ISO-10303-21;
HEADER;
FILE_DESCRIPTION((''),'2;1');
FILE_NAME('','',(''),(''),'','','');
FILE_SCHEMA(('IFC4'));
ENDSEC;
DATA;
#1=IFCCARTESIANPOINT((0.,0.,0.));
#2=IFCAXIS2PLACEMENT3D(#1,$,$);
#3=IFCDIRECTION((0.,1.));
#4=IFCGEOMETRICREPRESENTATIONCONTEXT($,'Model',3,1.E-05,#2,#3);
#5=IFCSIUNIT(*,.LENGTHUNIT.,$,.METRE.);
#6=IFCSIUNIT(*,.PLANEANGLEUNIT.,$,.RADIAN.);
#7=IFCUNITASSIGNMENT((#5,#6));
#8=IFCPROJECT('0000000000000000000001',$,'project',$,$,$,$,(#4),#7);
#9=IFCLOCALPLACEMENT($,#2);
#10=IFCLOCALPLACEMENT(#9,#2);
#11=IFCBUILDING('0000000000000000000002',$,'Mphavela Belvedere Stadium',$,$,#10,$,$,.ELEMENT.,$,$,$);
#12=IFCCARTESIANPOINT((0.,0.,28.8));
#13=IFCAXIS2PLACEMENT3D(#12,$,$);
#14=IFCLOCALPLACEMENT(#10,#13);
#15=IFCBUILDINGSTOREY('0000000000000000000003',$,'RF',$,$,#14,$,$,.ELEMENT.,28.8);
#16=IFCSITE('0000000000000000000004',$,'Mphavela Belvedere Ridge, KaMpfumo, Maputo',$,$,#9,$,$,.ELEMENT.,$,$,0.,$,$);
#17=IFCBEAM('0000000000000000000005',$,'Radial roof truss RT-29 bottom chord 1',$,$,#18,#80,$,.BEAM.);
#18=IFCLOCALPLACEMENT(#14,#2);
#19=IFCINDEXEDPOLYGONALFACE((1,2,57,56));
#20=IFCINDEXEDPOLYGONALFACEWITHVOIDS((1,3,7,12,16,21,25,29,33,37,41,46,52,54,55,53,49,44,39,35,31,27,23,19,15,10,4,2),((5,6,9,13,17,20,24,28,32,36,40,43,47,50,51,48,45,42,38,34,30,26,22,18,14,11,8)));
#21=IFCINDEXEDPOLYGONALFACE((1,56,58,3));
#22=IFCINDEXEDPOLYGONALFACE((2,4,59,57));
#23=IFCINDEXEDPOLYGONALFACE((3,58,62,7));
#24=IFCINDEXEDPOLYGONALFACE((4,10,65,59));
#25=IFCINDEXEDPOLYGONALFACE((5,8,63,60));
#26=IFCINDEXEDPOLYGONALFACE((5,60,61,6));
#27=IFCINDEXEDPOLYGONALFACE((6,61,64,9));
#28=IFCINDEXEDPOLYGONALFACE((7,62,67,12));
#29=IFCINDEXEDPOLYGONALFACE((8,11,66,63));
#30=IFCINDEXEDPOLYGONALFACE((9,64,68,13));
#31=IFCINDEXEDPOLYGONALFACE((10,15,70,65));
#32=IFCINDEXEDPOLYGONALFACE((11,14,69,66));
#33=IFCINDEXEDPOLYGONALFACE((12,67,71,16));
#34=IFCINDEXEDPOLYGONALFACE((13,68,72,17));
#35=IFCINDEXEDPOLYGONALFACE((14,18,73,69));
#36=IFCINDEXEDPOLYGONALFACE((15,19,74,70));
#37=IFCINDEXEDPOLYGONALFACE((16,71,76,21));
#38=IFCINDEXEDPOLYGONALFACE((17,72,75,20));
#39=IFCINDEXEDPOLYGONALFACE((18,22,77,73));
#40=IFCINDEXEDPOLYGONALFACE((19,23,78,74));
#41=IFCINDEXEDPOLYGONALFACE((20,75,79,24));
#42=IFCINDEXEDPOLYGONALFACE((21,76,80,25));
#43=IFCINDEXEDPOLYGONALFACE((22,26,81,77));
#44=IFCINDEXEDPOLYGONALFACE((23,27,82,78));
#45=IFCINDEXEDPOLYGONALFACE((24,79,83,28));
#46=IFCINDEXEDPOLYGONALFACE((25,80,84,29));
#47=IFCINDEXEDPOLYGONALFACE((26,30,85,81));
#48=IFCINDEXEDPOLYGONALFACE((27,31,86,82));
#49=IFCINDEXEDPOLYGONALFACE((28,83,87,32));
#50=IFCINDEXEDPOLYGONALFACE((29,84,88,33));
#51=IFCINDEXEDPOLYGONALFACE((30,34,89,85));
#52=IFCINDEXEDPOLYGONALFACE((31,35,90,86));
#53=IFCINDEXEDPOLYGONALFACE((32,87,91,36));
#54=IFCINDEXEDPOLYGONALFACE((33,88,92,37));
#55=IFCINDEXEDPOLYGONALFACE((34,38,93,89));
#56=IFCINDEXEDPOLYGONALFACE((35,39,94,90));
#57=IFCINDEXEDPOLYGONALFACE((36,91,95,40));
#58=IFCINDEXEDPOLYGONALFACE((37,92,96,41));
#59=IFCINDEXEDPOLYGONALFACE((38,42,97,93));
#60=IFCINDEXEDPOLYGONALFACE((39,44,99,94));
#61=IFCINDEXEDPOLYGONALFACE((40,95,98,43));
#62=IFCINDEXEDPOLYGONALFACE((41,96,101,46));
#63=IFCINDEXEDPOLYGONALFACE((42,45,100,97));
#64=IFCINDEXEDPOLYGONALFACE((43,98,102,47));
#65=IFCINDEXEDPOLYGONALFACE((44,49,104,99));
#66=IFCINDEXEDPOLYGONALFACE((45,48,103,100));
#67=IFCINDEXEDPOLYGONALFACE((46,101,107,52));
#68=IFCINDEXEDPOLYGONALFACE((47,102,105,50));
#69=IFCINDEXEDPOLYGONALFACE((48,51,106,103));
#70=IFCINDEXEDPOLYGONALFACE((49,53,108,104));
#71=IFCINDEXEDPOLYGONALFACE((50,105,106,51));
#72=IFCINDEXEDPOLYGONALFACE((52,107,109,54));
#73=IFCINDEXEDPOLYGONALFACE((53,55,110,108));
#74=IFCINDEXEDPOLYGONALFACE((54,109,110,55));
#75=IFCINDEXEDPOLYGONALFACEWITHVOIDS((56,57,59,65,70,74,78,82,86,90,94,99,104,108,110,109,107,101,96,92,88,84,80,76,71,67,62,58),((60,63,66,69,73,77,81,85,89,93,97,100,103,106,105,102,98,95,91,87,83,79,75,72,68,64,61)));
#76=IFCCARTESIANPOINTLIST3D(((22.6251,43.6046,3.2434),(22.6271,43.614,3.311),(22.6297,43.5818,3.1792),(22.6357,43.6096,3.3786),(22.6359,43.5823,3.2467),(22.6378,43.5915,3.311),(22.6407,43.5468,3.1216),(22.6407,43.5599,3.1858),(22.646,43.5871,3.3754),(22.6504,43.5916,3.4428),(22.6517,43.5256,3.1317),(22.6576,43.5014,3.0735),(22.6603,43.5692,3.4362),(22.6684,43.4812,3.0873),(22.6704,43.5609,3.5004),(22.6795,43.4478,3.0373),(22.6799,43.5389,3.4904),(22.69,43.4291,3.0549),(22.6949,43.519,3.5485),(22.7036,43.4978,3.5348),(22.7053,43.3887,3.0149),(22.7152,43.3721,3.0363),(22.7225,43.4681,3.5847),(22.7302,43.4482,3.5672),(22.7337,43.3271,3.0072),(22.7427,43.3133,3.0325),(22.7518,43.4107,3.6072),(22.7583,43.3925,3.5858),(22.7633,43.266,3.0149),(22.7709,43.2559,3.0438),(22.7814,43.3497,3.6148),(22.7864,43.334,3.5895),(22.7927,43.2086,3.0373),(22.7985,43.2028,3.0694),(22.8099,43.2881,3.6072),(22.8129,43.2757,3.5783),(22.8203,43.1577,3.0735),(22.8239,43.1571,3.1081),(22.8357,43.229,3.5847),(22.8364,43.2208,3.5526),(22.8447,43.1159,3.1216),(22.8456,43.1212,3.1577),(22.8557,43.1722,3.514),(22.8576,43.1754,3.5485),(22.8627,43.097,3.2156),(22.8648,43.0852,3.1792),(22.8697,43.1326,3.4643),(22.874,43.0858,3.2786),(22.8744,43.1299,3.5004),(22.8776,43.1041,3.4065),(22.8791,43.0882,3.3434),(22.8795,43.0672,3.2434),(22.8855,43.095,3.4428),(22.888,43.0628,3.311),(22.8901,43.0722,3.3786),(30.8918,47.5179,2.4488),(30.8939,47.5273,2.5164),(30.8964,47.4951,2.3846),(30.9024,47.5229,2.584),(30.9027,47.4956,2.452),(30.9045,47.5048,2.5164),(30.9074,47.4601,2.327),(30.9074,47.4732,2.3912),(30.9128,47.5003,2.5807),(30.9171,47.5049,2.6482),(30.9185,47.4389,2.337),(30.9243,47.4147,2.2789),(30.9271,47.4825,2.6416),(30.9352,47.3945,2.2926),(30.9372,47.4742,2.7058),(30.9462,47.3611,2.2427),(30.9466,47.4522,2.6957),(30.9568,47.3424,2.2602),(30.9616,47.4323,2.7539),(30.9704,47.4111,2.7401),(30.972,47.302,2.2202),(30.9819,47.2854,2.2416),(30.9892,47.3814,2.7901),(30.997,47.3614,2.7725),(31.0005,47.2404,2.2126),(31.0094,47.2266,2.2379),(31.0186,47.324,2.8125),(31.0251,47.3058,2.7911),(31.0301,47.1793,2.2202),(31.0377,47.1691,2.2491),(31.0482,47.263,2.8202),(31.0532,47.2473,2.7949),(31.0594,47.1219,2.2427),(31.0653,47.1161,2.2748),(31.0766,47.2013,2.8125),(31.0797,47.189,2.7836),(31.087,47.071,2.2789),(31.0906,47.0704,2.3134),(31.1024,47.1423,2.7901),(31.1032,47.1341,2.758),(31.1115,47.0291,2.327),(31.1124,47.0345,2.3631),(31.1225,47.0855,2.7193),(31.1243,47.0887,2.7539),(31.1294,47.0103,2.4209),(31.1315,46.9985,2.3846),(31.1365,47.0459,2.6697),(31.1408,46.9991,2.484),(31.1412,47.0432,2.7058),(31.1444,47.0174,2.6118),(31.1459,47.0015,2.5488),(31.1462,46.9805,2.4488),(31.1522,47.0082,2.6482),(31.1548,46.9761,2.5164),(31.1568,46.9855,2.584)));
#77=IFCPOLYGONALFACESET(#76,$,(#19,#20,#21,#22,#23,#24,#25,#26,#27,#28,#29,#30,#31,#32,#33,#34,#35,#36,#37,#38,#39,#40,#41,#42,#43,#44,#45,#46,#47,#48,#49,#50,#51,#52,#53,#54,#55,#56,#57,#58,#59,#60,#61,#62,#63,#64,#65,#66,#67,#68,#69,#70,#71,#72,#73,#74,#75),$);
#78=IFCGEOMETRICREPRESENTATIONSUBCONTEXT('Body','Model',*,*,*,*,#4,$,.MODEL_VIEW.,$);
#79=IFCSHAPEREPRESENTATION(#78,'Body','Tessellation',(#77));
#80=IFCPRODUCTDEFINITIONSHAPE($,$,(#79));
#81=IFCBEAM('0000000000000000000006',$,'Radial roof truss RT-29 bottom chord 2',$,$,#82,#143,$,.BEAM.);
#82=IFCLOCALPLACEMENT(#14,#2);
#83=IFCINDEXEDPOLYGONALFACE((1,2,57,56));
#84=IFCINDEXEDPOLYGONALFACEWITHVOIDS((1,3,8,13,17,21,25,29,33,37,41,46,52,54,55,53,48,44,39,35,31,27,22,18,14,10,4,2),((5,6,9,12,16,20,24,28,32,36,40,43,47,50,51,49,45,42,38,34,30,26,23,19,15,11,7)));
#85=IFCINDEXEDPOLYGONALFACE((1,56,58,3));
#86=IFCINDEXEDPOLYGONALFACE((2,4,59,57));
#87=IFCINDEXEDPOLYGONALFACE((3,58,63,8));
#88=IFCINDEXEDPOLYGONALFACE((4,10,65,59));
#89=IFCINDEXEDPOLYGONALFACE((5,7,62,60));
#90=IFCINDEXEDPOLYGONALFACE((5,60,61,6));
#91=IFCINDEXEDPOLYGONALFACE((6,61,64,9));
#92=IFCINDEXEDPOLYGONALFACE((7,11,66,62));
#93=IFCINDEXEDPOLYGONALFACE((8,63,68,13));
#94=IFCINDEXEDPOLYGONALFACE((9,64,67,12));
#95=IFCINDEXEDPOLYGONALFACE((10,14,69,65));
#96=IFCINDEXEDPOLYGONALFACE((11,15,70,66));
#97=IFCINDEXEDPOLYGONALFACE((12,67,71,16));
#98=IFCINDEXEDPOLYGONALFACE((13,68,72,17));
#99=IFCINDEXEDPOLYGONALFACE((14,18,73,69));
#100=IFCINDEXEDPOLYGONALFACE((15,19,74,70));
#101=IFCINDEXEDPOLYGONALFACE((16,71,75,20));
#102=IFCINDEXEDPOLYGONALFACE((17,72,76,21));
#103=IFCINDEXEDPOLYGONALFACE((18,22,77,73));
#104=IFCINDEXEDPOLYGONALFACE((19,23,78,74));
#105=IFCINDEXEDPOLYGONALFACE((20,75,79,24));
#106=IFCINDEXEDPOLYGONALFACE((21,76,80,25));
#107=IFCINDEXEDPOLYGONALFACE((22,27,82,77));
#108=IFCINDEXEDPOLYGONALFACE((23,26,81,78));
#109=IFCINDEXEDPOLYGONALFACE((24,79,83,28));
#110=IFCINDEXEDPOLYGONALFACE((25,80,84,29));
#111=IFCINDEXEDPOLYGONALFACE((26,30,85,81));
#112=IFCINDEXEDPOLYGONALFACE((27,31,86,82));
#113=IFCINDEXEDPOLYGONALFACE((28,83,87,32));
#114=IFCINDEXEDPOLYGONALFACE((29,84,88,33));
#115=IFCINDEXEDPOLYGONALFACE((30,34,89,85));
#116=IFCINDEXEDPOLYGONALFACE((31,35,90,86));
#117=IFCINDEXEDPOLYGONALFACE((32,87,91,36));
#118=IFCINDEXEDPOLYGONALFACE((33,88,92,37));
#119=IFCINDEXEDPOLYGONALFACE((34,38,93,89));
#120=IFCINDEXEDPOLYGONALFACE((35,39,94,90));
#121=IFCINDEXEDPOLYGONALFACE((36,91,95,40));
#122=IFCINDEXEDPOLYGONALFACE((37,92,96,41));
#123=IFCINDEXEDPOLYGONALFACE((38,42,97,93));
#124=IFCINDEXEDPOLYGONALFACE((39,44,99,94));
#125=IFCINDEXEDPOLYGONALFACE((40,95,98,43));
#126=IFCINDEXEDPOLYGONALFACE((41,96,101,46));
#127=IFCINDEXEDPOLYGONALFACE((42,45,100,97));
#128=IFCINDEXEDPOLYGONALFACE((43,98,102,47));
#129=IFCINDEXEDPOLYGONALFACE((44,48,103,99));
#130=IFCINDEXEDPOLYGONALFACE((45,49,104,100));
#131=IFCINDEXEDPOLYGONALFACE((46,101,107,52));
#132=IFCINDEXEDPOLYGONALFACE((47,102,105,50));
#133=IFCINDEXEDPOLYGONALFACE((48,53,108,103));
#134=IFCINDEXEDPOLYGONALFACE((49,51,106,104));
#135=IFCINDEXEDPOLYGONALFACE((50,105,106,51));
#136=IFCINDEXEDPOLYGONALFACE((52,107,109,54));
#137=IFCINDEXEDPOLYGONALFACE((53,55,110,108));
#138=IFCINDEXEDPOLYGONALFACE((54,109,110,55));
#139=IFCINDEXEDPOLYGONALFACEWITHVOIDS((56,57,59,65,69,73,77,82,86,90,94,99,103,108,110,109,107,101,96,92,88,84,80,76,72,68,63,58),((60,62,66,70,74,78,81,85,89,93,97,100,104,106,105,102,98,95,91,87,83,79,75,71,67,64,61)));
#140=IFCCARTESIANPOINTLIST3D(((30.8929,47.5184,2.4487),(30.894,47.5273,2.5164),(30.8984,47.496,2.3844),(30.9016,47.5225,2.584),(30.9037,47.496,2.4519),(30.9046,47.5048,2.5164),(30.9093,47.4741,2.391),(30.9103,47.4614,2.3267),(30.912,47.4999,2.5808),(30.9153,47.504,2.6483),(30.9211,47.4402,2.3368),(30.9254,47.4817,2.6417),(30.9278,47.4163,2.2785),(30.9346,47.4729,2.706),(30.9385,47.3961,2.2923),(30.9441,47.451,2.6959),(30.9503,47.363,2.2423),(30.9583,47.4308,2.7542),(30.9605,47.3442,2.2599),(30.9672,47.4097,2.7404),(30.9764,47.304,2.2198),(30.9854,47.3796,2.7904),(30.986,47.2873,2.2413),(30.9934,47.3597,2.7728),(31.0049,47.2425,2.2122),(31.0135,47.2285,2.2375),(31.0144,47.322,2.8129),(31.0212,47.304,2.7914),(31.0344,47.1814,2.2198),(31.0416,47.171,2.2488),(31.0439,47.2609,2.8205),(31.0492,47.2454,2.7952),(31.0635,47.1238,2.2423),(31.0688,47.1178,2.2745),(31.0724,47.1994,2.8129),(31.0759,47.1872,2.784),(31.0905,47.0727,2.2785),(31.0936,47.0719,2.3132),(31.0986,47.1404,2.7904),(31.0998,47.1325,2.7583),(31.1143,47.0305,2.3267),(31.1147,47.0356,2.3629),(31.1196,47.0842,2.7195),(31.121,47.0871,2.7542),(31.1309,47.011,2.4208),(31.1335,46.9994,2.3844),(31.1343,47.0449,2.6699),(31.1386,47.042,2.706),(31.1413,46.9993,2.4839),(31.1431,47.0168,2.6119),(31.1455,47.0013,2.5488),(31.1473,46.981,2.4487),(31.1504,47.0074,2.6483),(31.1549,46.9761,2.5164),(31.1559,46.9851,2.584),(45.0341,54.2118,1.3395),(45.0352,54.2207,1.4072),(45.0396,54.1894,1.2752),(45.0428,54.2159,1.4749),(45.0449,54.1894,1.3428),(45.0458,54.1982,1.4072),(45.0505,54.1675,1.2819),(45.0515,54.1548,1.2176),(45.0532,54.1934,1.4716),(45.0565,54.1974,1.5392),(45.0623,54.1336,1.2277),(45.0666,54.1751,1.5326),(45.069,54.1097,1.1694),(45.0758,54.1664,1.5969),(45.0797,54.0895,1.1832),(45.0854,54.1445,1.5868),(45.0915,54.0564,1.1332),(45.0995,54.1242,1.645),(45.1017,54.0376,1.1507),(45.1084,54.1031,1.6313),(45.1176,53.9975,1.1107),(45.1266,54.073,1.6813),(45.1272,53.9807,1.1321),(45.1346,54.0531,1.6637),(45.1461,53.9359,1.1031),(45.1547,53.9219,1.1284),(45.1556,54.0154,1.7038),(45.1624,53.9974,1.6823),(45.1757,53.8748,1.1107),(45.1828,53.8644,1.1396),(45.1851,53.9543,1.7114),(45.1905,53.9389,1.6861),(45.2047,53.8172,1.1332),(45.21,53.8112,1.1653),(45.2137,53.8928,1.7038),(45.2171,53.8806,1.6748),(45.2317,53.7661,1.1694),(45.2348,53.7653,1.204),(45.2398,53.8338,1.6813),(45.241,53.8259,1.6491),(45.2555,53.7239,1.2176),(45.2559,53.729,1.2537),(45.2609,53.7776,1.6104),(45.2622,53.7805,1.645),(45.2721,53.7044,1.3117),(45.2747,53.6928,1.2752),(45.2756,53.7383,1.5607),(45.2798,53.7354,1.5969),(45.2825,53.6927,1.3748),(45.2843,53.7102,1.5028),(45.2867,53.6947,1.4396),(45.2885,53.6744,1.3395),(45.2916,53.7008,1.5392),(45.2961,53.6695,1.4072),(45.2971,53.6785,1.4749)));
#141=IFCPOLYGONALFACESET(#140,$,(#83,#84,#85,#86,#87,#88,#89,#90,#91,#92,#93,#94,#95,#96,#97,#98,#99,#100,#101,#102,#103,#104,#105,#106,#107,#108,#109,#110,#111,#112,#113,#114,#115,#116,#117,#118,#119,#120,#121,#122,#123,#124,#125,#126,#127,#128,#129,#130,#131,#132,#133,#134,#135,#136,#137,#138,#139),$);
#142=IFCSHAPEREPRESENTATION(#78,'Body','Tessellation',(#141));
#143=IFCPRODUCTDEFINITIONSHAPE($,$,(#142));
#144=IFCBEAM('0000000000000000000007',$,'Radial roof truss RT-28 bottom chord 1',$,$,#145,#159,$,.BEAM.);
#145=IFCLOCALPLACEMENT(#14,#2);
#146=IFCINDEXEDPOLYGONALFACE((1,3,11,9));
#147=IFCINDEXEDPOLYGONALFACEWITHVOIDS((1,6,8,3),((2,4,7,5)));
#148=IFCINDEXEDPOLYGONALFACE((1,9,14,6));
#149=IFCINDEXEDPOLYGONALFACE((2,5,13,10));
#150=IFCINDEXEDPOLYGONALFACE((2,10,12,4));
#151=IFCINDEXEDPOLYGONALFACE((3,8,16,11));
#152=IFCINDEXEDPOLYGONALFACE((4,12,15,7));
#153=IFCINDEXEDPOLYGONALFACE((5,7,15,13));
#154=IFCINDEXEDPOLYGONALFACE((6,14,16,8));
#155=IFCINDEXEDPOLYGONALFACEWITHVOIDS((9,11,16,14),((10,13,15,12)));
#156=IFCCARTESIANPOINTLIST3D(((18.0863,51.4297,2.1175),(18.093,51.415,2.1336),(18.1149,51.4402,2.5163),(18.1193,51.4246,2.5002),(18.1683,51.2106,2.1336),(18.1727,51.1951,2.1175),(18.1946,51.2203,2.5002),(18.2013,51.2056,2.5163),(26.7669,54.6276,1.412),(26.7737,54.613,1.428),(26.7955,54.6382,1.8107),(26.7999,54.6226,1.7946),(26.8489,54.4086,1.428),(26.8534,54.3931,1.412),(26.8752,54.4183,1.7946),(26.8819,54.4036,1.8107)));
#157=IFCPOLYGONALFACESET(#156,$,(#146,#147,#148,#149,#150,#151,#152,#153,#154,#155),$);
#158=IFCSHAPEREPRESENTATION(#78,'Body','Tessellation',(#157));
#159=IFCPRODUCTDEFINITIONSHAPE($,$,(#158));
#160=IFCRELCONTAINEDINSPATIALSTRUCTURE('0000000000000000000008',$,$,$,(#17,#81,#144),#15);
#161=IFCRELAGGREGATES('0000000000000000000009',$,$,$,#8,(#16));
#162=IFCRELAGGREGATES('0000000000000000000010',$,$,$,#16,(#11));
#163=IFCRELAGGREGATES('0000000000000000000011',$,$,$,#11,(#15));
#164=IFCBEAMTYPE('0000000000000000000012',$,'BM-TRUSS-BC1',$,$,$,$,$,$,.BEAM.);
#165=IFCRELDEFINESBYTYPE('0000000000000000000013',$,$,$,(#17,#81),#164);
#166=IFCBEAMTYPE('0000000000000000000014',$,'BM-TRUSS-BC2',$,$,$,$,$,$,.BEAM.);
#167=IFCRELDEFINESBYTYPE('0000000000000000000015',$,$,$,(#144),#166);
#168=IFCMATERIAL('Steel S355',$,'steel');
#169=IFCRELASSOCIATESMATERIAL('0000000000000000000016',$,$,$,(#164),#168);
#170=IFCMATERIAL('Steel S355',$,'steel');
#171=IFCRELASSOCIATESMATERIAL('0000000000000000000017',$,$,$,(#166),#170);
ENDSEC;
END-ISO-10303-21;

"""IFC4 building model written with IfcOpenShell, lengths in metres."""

from ifc_helpers import new_model, si_unit, direction, frame, origin, origin_2d, place, context, subcontext, project, spatial, hollow_rectangle, hollow_circle, extrude, material, material_profile, profile_set, type_object, element, save


model = new_model("IFC4")

# Units and contexts
model_context = context("Model", 3, precision=1e-05, world=origin(), true_north=direction((0.0, 1.0)))
body_context = subcontext(model_context, "Body", "Model", "MODEL_VIEW")
ifc_project = project(units=[si_unit("LENGTHUNIT", "METRE"), si_unit("PLANEANGLEUNIT", "RADIAN")], contexts=[model_context])

# Site, building, storey
site_placement = place(None, origin())
site = spatial("IfcSite", under=ifc_project, at=site_placement, Name="Mphavela Belvedere Ridge, KaMpfumo, Maputo", CompositionType="ELEMENT", RefElevation=0.0)
building_placement = place(site_placement, origin())
building = spatial("IfcBuilding", under=site, at=building_placement, Name="Mphavela Belvedere Stadium", CompositionType="ELEMENT")
storey_placement = place(building_placement, frame((0.0, 0.0, 28.8)))
storey = spatial("IfcBuildingStorey", under=building, at=storey_placement, Name="RF", CompositionType="ELEMENT", Elevation=28.8)

# Beams
ifc_material_1 = material(Name="Steel S355", Category="steel")
ifc_material_profile_1 = material_profile(ifc_material_1, hollow_circle(Radius=0.3049, WallThickness=0.0249, at=origin_2d()), Name="CHS 610x25")
ifc_profile_set_1 = profile_set([ifc_material_profile_1], Name="Steel S355")
beam_type_1 = type_object("IfcBeamType", Name="BM-TRUSS-BC1", PredefinedType="BEAM", material=ifc_profile_set_1)
beam_1_placement = place(storey_placement, frame((22.7576, 43.3384, 3.311), z_axis=(0.900453, 0.426253, -0.086559), x_axis=(-0.427859, 0.903845, 0.0)))
element("IfcBeam", 1, at=beam_1_placement, inside=storey, type_object=beam_type_1, Name="Radial roof truss RT-29 bottom chord 1", PredefinedType="BEAM", context=body_context, shape_type="SweptSolid", body=[
    extrude(hollow_circle(Radius=0.3049, WallThickness=0.0249, at=origin_2d()), origin(), (0.0, 0.0, 1.0), 9.1807),
])
beam_2_placement = place(storey_placement, frame((31.0244, 47.2517, 2.5164), z_axis=(0.9016, 0.426751, -0.070715), x_axis=(-0.427822, 0.903863, 0.0)))
element("IfcBeam", 2, at=beam_2_placement, inside=storey, type_object=beam_type_1, Name="Radial roof truss RT-29 bottom chord 2", PredefinedType="BEAM", context=body_context, shape_type="SweptSolid", body=[
    extrude(hollow_circle(Radius=0.3049, WallThickness=0.0249, at=origin_2d()), origin(), (0.0, 0.0, 1.0), 15.6846),
])
ifc_material_2 = material(Name="Steel S355", Category="steel")
ifc_material_profile_2 = material_profile(ifc_material_2, hollow_rectangle(XDim=0.25, YDim=0.3999, WallThickness=0.0161, at=origin_2d()), Name="RHS 400x250x16")
ifc_profile_set_2 = profile_set([ifc_material_profile_2], Name="Steel S355")
beam_type_2 = type_object("IfcBeamType", Name="BM-TRUSS-BC2", PredefinedType="BEAM", material=ifc_profile_set_2)
beam_3_placement = place(storey_placement, frame((18.1438, 51.3176, 2.3169), z_axis=(0.935631, 0.344691, -0.076048), x_axis=(-0.345692, 0.938348, 0.0)))
element("IfcBeam", 3, at=beam_3_placement, inside=storey, type_object=beam_type_2, Name="Radial roof truss RT-28 bottom chord 1", PredefinedType="BEAM", context=body_context, shape_type="SweptSolid", body=[
    extrude(hollow_rectangle(XDim=0.25, YDim=0.3999, WallThickness=0.0161, at=origin_2d()), origin(), (0.0, 0.0, 1.0), 9.2778),
])

save(model, "model.ifc")
